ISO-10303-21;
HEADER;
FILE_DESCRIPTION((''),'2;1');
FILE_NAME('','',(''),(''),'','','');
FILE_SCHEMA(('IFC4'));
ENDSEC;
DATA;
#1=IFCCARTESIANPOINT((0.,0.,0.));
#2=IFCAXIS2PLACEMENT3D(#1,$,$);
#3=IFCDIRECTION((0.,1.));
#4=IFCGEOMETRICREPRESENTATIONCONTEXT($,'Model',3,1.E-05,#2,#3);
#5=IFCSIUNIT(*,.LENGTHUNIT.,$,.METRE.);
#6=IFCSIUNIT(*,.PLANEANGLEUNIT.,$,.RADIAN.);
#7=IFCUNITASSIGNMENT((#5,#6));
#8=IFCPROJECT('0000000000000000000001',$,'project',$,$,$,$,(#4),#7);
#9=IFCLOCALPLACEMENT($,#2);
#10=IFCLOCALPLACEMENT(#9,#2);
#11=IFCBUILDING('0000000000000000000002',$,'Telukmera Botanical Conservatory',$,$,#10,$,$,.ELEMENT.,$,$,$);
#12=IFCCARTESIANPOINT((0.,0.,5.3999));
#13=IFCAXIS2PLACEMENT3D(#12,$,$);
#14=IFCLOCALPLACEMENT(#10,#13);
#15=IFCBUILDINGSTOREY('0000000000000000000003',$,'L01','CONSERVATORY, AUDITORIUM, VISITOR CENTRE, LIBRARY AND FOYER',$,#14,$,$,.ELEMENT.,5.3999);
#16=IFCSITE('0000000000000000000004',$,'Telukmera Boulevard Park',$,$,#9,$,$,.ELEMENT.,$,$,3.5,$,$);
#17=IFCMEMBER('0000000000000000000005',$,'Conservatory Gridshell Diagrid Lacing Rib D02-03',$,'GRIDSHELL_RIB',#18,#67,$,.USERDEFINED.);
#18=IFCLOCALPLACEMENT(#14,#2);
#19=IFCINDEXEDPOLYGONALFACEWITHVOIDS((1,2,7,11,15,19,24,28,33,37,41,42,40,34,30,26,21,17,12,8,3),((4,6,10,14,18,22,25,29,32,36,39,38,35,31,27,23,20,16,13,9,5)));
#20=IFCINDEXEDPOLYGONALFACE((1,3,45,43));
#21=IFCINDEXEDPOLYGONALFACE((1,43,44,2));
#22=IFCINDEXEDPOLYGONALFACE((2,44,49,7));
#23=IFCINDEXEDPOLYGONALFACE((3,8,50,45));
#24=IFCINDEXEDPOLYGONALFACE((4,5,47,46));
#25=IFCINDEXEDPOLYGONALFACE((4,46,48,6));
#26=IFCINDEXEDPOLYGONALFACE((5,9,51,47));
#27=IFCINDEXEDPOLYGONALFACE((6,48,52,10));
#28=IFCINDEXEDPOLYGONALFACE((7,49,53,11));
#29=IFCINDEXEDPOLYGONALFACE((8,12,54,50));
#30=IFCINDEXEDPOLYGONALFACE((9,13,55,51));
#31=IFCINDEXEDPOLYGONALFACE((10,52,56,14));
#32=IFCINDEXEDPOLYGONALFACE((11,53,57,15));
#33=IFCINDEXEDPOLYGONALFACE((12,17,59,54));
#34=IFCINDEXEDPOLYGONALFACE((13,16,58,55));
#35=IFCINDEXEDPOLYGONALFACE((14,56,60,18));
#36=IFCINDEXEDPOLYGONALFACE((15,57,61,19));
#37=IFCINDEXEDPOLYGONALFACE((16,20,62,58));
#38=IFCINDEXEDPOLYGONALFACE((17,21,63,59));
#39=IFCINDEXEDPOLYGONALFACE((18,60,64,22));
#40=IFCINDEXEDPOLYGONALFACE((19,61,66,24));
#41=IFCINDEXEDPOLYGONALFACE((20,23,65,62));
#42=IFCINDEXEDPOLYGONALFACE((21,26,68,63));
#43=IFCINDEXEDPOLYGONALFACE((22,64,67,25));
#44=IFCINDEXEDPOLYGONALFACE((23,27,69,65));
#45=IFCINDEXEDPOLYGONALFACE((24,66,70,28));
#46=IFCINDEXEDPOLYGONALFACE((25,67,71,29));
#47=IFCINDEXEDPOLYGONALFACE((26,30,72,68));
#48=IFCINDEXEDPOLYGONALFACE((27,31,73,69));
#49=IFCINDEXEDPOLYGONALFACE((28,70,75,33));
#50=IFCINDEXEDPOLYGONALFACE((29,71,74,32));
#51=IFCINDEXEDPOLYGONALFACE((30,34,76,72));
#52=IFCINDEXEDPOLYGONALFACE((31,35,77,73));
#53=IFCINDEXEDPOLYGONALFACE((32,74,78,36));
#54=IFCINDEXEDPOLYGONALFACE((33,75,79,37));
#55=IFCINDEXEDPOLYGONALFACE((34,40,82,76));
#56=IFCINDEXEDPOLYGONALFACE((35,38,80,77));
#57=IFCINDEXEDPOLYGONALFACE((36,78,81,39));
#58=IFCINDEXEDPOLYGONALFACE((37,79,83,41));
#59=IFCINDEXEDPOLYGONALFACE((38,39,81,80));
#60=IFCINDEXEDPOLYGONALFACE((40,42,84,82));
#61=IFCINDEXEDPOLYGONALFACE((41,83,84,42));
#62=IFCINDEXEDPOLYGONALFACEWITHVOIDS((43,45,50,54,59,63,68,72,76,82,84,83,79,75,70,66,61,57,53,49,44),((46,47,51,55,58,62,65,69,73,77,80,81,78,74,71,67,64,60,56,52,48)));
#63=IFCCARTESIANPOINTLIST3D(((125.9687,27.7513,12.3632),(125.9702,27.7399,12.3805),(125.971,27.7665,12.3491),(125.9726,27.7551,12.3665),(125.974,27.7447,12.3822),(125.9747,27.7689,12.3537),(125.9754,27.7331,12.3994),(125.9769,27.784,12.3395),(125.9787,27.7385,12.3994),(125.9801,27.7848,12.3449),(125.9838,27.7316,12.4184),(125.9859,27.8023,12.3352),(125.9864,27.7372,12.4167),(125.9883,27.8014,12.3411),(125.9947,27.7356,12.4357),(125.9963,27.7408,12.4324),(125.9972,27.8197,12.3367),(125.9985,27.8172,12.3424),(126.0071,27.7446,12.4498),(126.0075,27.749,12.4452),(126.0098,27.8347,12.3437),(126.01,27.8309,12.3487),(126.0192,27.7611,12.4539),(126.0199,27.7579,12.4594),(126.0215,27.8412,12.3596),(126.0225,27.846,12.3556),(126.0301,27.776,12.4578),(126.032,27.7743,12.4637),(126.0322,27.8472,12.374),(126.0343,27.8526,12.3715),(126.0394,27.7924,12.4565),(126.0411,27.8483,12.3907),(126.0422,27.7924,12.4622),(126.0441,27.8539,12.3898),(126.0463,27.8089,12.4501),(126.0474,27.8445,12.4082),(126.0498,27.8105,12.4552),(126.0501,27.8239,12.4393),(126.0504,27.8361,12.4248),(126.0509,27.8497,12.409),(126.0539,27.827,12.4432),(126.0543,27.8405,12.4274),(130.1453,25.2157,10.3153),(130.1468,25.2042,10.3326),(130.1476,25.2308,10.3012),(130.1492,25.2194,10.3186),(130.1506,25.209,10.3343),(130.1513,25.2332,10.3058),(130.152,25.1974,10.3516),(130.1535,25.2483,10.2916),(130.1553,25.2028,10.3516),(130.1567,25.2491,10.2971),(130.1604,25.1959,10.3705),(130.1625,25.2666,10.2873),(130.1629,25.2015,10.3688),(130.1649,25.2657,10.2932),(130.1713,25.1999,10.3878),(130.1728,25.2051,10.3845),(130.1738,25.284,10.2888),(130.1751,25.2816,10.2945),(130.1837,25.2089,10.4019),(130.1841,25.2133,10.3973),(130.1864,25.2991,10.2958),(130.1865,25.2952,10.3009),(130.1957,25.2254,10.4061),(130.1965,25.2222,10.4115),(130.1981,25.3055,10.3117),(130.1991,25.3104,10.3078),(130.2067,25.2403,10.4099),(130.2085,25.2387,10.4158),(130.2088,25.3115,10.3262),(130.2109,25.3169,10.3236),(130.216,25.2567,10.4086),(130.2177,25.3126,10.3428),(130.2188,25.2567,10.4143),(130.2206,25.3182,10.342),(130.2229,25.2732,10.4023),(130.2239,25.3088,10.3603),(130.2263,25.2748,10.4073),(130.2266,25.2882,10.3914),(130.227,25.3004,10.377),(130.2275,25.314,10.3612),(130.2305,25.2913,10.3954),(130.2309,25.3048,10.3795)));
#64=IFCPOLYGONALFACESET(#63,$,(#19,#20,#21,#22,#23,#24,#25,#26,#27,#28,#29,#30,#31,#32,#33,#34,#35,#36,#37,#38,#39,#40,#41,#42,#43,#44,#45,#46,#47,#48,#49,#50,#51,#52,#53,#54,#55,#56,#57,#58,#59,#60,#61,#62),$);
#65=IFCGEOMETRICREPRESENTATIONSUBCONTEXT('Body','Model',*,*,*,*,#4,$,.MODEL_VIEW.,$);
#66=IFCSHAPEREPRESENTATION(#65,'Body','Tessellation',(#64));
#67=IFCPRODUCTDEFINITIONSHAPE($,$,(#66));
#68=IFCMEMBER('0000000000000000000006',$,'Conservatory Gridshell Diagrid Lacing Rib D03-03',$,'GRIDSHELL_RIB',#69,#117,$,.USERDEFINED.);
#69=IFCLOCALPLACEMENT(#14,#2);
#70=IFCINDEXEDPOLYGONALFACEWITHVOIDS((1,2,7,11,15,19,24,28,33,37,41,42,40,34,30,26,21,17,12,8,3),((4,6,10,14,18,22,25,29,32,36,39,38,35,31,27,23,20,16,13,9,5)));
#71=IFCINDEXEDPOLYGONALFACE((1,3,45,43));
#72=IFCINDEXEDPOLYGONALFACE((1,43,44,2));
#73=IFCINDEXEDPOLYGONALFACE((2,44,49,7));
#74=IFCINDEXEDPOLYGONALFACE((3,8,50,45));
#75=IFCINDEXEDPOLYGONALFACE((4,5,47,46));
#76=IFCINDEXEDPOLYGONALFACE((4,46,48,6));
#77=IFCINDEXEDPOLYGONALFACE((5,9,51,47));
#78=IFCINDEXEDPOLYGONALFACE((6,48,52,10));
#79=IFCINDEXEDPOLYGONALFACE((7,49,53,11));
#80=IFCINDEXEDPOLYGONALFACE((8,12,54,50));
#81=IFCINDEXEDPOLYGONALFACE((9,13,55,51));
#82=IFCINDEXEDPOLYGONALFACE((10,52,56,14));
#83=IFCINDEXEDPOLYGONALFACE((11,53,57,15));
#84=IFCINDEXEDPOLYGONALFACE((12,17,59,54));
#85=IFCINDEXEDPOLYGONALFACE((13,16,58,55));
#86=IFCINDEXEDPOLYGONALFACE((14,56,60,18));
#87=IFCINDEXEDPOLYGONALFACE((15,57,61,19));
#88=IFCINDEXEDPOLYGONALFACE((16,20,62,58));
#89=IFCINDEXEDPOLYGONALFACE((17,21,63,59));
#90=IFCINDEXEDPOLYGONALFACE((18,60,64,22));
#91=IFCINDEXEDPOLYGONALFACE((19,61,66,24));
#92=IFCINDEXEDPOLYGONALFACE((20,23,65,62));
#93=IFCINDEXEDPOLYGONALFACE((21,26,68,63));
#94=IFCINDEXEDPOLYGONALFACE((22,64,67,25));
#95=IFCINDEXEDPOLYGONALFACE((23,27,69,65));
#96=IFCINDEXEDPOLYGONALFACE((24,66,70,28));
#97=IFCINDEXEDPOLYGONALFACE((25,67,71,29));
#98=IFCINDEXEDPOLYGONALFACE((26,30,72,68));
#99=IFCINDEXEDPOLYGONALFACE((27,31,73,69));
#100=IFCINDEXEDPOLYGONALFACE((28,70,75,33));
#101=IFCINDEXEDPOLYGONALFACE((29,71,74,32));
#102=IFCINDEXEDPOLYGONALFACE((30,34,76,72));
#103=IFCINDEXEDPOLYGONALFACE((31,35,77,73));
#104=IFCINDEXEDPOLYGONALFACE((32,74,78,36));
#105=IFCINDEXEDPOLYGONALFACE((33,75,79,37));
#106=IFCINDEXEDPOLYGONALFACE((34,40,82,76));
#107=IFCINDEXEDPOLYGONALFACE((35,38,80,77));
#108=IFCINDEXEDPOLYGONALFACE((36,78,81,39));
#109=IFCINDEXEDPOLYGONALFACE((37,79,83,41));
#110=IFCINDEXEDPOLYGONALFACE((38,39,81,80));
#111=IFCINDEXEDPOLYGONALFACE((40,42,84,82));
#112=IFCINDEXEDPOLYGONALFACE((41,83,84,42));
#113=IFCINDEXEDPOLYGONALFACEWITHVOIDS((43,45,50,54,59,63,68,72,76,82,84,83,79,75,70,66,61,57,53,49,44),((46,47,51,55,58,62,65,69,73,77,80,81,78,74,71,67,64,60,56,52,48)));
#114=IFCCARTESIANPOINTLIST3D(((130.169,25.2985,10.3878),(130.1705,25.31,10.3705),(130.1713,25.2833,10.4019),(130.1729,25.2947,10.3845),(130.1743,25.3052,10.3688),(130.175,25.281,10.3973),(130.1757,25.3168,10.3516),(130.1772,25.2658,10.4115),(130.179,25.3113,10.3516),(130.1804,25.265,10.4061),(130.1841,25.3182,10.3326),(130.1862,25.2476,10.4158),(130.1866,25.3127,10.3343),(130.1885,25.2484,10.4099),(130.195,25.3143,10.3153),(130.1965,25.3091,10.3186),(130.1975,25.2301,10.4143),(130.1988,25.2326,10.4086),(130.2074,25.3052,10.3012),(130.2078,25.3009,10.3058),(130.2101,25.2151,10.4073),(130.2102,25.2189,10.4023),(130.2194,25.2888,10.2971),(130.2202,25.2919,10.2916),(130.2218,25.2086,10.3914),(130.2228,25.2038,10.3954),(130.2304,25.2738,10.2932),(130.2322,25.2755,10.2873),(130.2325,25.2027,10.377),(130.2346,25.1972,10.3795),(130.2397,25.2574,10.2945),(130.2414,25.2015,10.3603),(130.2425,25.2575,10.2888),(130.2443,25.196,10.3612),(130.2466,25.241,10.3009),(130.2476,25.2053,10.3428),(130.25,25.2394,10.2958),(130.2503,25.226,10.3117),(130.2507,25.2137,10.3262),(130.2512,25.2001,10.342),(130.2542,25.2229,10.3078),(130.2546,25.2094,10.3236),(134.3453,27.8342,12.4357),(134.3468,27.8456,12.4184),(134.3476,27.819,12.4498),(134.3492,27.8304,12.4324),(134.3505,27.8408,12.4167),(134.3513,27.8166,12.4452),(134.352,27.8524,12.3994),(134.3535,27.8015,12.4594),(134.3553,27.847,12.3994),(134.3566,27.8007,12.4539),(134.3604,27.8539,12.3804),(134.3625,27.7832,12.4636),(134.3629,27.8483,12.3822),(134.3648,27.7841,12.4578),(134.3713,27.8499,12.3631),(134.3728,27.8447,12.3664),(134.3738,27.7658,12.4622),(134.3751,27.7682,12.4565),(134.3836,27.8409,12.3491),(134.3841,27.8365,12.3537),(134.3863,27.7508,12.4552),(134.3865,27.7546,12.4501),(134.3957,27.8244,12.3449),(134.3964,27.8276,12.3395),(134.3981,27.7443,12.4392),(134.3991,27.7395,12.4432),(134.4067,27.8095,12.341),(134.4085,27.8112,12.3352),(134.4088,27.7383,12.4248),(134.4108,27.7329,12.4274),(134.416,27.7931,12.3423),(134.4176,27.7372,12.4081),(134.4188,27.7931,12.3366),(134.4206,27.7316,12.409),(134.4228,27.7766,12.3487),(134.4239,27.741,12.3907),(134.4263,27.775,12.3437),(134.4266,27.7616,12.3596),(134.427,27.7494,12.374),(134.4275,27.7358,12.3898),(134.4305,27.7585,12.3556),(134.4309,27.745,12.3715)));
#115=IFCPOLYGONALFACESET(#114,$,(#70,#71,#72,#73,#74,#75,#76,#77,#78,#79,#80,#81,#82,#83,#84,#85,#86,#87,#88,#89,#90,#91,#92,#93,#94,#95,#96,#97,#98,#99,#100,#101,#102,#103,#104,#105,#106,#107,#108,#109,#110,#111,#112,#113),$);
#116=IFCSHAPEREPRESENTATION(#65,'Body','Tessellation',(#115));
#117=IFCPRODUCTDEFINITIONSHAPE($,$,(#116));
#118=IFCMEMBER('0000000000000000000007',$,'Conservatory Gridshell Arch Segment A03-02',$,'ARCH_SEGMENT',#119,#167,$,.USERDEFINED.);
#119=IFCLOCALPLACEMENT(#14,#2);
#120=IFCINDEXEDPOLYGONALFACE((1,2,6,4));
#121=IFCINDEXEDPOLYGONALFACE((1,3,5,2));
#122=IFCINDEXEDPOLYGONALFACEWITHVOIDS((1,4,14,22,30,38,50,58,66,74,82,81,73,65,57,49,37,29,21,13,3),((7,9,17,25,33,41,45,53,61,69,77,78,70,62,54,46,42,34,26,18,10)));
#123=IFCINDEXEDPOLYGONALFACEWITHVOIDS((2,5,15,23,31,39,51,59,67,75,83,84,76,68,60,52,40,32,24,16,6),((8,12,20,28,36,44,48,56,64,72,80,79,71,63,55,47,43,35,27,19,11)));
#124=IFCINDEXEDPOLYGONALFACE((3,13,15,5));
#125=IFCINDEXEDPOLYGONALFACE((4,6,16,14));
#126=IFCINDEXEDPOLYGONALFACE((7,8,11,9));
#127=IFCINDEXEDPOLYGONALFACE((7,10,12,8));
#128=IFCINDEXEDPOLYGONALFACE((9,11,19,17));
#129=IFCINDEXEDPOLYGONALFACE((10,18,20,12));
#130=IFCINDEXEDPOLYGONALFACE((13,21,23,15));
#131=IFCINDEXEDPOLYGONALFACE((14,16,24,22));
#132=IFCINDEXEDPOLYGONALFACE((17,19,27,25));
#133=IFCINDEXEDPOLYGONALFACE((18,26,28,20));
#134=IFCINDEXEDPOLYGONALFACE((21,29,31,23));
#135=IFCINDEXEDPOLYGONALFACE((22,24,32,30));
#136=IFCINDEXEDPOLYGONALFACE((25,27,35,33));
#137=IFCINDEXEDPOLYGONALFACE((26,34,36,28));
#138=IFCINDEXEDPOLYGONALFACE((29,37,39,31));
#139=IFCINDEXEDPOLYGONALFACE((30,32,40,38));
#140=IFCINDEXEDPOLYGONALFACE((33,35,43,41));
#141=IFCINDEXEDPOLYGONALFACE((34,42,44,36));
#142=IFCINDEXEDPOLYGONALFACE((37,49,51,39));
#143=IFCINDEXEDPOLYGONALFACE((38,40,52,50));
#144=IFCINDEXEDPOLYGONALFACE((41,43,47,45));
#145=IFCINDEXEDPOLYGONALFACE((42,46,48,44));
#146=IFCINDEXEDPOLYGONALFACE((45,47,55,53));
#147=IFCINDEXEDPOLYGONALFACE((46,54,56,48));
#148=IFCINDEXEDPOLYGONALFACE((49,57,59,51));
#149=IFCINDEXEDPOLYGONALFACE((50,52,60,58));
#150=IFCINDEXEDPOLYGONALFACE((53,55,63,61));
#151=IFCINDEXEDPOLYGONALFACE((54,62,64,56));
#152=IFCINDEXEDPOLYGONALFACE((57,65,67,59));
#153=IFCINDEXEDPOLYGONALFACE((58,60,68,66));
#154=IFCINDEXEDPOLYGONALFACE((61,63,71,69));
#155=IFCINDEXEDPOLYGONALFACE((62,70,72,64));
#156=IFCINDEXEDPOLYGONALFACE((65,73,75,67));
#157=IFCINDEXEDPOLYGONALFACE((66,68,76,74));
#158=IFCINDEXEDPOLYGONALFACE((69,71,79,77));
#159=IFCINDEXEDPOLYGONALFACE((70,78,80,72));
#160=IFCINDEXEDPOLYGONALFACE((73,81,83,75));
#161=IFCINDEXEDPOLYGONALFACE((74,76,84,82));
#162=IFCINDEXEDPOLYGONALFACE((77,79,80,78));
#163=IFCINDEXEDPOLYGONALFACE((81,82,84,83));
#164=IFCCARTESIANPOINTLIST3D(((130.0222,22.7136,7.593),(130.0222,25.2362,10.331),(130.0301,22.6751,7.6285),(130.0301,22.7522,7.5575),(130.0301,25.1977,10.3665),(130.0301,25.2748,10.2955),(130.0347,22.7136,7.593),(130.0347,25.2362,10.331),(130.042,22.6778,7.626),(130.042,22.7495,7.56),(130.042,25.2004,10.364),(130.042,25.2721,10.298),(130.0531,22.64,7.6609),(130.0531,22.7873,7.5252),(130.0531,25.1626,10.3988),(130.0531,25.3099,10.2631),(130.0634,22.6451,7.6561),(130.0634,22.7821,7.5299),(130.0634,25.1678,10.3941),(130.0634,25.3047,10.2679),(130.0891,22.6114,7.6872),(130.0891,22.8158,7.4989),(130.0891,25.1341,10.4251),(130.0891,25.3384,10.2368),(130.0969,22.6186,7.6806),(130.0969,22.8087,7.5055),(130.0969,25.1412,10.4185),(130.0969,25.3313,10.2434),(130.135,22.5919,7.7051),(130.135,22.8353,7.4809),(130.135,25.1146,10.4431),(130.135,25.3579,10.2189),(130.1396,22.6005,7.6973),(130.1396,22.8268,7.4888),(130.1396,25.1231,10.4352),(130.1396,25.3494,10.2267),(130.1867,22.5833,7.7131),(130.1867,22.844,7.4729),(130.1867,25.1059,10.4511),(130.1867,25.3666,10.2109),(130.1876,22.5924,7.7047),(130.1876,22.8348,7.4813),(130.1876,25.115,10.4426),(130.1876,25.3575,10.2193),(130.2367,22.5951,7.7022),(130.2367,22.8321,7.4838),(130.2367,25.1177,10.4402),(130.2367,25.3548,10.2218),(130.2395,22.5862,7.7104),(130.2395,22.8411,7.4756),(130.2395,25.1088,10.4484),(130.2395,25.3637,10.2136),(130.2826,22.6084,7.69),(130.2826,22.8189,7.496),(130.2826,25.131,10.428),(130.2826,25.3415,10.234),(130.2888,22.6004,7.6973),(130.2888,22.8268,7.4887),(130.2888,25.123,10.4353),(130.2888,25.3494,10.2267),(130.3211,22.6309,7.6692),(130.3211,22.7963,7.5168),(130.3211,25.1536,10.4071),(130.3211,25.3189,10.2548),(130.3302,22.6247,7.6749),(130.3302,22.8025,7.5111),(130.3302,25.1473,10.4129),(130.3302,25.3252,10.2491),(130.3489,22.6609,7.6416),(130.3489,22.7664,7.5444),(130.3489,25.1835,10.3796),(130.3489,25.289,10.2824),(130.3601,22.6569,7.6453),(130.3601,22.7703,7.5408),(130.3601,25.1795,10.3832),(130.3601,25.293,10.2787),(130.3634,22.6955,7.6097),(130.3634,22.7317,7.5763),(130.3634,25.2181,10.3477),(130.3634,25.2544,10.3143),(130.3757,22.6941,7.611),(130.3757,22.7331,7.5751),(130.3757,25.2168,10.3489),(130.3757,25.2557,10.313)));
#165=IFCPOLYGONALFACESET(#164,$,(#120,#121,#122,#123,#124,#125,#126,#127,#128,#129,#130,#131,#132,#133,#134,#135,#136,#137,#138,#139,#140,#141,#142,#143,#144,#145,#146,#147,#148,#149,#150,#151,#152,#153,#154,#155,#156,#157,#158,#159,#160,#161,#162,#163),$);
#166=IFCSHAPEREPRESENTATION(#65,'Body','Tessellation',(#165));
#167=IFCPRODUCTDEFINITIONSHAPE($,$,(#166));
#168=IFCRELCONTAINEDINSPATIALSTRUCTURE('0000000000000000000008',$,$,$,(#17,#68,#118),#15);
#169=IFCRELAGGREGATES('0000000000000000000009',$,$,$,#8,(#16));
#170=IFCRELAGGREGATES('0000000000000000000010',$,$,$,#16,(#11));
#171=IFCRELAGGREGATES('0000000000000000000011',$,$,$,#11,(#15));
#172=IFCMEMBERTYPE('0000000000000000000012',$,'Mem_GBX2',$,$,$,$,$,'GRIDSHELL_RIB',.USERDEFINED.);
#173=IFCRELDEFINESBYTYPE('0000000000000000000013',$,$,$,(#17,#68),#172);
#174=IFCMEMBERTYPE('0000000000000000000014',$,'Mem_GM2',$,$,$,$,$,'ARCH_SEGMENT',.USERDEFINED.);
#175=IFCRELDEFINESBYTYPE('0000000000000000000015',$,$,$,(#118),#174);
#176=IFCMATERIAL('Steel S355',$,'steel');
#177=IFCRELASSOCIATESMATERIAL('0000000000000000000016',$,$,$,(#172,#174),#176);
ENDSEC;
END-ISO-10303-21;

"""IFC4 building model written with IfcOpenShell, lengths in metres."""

from ifc_helpers import new_model, si_unit, direction, frame, origin, origin_2d, place, context, subcontext, project, spatial, hollow_circle, extrude, material, material_profile, profile_set, type_object, element, save


model = new_model("IFC4")

# Units and contexts
model_context = context("Model", 3, precision=1e-05, world=origin(), true_north=direction((0.0, 1.0)))
body_context = subcontext(model_context, "Body", "Model", "MODEL_VIEW")
ifc_project = project(units=[si_unit("LENGTHUNIT", "METRE"), si_unit("PLANEANGLEUNIT", "RADIAN")], contexts=[model_context])

# Site, building, storey
site_placement = place(None, origin())
site = spatial("IfcSite", under=ifc_project, at=site_placement, Name="Telukmera Boulevard Park", CompositionType="ELEMENT", RefElevation=3.5)
building_placement = place(site_placement, origin())
building = spatial("IfcBuilding", under=site, at=building_placement, Name="Telukmera Botanical Conservatory", CompositionType="ELEMENT")
storey_placement = place(building_placement, frame((0.0, 0.0, 5.3999)))
storey = spatial("IfcBuildingStorey", under=building, at=storey_placement, Name="L01", Description="CONSERVATORY, AUDITORIUM, VISITOR CENTRE, LIBRARY AND FOYER", CompositionType="ELEMENT", Elevation=5.3999)

# Shared definitions
ifc_material_1 = material(Name="Steel S355", Category="steel")

# Members
ifc_material_profile_1 = material_profile(ifc_material_1, hollow_circle(Radius=0.0698, WallThickness=0.0063, at=origin_2d()), Name="CHS 139.7x6.3")
ifc_profile_set_1 = profile_set([ifc_material_profile_1], Name="Steel S355")
member_type_1 = type_object("IfcMemberType", Name="Mem_GBX2", ElementType="GRIDSHELL_RIB", PredefinedType="USERDEFINED", material=ifc_profile_set_1)
member_1_placement = place(storey_placement, frame((130.1882, 25.2571, 10.3516), z_axis=(-0.788352, 0.478624, 0.386549), x_axis=(-0.518964, -0.854796, 0.0)))
element("IfcMember", 1, at=member_1_placement, inside=storey, type_object=member_type_1, Name="Conservatory Gridshell Diagrid Lacing Rib D02-03", ObjectType="GRIDSHELL_RIB", PredefinedType="USERDEFINED", context=body_context, shape_type="SweptSolid", body=[
    extrude(hollow_circle(Radius=0.0698, WallThickness=0.0063, at=origin_2d()), origin(), (0.0, 0.0, 1.0), 5.2979),
])
member_2_placement = place(storey_placement, frame((130.2119, 25.2571, 10.3516), z_axis=(0.788334, 0.478642, 0.386563), x_axis=(-0.518986, 0.854783, 0.0)))
element("IfcMember", 2, at=member_2_placement, inside=storey, type_object=member_type_1, Name="Conservatory Gridshell Diagrid Lacing Rib D03-03", ObjectType="GRIDSHELL_RIB", PredefinedType="USERDEFINED", context=body_context, shape_type="SweptSolid", body=[
    extrude(hollow_circle(Radius=0.0698, WallThickness=0.0063, at=origin_2d()), origin(), (0.0, 0.0, 1.0), 5.2976),
])
ifc_material_profile_2 = material_profile(ifc_material_1, hollow_circle(Radius=0.1777, WallThickness=0.0125, at=origin_2d()), Name="CHS 355.6x12.5")
ifc_profile_set_2 = profile_set([ifc_material_profile_2], Name="Steel S355")
member_type_2 = type_object("IfcMemberType", Name="Mem_GM2", ElementType="ARCH_SEGMENT", PredefinedType="USERDEFINED", material=ifc_profile_set_2)
member_3_placement = place(storey_placement, frame((130.2, 22.7136, 7.593), z_axis=(0.0, 0.677596, 0.735434), x_axis=(-1.0, 0.0, 0.0)))
element("IfcMember", 3, at=member_3_placement, inside=storey, type_object=member_type_2, Name="Conservatory Gridshell Arch Segment A03-02", ObjectType="ARCH_SEGMENT", PredefinedType="USERDEFINED", context=body_context, shape_type="SweptSolid", body=[
    extrude(hollow_circle(Radius=0.1777, WallThickness=0.0125, at=origin_2d()), origin(), (0.0, 0.0, 1.0), 3.7229),
])

save(model, "model.ifc")
